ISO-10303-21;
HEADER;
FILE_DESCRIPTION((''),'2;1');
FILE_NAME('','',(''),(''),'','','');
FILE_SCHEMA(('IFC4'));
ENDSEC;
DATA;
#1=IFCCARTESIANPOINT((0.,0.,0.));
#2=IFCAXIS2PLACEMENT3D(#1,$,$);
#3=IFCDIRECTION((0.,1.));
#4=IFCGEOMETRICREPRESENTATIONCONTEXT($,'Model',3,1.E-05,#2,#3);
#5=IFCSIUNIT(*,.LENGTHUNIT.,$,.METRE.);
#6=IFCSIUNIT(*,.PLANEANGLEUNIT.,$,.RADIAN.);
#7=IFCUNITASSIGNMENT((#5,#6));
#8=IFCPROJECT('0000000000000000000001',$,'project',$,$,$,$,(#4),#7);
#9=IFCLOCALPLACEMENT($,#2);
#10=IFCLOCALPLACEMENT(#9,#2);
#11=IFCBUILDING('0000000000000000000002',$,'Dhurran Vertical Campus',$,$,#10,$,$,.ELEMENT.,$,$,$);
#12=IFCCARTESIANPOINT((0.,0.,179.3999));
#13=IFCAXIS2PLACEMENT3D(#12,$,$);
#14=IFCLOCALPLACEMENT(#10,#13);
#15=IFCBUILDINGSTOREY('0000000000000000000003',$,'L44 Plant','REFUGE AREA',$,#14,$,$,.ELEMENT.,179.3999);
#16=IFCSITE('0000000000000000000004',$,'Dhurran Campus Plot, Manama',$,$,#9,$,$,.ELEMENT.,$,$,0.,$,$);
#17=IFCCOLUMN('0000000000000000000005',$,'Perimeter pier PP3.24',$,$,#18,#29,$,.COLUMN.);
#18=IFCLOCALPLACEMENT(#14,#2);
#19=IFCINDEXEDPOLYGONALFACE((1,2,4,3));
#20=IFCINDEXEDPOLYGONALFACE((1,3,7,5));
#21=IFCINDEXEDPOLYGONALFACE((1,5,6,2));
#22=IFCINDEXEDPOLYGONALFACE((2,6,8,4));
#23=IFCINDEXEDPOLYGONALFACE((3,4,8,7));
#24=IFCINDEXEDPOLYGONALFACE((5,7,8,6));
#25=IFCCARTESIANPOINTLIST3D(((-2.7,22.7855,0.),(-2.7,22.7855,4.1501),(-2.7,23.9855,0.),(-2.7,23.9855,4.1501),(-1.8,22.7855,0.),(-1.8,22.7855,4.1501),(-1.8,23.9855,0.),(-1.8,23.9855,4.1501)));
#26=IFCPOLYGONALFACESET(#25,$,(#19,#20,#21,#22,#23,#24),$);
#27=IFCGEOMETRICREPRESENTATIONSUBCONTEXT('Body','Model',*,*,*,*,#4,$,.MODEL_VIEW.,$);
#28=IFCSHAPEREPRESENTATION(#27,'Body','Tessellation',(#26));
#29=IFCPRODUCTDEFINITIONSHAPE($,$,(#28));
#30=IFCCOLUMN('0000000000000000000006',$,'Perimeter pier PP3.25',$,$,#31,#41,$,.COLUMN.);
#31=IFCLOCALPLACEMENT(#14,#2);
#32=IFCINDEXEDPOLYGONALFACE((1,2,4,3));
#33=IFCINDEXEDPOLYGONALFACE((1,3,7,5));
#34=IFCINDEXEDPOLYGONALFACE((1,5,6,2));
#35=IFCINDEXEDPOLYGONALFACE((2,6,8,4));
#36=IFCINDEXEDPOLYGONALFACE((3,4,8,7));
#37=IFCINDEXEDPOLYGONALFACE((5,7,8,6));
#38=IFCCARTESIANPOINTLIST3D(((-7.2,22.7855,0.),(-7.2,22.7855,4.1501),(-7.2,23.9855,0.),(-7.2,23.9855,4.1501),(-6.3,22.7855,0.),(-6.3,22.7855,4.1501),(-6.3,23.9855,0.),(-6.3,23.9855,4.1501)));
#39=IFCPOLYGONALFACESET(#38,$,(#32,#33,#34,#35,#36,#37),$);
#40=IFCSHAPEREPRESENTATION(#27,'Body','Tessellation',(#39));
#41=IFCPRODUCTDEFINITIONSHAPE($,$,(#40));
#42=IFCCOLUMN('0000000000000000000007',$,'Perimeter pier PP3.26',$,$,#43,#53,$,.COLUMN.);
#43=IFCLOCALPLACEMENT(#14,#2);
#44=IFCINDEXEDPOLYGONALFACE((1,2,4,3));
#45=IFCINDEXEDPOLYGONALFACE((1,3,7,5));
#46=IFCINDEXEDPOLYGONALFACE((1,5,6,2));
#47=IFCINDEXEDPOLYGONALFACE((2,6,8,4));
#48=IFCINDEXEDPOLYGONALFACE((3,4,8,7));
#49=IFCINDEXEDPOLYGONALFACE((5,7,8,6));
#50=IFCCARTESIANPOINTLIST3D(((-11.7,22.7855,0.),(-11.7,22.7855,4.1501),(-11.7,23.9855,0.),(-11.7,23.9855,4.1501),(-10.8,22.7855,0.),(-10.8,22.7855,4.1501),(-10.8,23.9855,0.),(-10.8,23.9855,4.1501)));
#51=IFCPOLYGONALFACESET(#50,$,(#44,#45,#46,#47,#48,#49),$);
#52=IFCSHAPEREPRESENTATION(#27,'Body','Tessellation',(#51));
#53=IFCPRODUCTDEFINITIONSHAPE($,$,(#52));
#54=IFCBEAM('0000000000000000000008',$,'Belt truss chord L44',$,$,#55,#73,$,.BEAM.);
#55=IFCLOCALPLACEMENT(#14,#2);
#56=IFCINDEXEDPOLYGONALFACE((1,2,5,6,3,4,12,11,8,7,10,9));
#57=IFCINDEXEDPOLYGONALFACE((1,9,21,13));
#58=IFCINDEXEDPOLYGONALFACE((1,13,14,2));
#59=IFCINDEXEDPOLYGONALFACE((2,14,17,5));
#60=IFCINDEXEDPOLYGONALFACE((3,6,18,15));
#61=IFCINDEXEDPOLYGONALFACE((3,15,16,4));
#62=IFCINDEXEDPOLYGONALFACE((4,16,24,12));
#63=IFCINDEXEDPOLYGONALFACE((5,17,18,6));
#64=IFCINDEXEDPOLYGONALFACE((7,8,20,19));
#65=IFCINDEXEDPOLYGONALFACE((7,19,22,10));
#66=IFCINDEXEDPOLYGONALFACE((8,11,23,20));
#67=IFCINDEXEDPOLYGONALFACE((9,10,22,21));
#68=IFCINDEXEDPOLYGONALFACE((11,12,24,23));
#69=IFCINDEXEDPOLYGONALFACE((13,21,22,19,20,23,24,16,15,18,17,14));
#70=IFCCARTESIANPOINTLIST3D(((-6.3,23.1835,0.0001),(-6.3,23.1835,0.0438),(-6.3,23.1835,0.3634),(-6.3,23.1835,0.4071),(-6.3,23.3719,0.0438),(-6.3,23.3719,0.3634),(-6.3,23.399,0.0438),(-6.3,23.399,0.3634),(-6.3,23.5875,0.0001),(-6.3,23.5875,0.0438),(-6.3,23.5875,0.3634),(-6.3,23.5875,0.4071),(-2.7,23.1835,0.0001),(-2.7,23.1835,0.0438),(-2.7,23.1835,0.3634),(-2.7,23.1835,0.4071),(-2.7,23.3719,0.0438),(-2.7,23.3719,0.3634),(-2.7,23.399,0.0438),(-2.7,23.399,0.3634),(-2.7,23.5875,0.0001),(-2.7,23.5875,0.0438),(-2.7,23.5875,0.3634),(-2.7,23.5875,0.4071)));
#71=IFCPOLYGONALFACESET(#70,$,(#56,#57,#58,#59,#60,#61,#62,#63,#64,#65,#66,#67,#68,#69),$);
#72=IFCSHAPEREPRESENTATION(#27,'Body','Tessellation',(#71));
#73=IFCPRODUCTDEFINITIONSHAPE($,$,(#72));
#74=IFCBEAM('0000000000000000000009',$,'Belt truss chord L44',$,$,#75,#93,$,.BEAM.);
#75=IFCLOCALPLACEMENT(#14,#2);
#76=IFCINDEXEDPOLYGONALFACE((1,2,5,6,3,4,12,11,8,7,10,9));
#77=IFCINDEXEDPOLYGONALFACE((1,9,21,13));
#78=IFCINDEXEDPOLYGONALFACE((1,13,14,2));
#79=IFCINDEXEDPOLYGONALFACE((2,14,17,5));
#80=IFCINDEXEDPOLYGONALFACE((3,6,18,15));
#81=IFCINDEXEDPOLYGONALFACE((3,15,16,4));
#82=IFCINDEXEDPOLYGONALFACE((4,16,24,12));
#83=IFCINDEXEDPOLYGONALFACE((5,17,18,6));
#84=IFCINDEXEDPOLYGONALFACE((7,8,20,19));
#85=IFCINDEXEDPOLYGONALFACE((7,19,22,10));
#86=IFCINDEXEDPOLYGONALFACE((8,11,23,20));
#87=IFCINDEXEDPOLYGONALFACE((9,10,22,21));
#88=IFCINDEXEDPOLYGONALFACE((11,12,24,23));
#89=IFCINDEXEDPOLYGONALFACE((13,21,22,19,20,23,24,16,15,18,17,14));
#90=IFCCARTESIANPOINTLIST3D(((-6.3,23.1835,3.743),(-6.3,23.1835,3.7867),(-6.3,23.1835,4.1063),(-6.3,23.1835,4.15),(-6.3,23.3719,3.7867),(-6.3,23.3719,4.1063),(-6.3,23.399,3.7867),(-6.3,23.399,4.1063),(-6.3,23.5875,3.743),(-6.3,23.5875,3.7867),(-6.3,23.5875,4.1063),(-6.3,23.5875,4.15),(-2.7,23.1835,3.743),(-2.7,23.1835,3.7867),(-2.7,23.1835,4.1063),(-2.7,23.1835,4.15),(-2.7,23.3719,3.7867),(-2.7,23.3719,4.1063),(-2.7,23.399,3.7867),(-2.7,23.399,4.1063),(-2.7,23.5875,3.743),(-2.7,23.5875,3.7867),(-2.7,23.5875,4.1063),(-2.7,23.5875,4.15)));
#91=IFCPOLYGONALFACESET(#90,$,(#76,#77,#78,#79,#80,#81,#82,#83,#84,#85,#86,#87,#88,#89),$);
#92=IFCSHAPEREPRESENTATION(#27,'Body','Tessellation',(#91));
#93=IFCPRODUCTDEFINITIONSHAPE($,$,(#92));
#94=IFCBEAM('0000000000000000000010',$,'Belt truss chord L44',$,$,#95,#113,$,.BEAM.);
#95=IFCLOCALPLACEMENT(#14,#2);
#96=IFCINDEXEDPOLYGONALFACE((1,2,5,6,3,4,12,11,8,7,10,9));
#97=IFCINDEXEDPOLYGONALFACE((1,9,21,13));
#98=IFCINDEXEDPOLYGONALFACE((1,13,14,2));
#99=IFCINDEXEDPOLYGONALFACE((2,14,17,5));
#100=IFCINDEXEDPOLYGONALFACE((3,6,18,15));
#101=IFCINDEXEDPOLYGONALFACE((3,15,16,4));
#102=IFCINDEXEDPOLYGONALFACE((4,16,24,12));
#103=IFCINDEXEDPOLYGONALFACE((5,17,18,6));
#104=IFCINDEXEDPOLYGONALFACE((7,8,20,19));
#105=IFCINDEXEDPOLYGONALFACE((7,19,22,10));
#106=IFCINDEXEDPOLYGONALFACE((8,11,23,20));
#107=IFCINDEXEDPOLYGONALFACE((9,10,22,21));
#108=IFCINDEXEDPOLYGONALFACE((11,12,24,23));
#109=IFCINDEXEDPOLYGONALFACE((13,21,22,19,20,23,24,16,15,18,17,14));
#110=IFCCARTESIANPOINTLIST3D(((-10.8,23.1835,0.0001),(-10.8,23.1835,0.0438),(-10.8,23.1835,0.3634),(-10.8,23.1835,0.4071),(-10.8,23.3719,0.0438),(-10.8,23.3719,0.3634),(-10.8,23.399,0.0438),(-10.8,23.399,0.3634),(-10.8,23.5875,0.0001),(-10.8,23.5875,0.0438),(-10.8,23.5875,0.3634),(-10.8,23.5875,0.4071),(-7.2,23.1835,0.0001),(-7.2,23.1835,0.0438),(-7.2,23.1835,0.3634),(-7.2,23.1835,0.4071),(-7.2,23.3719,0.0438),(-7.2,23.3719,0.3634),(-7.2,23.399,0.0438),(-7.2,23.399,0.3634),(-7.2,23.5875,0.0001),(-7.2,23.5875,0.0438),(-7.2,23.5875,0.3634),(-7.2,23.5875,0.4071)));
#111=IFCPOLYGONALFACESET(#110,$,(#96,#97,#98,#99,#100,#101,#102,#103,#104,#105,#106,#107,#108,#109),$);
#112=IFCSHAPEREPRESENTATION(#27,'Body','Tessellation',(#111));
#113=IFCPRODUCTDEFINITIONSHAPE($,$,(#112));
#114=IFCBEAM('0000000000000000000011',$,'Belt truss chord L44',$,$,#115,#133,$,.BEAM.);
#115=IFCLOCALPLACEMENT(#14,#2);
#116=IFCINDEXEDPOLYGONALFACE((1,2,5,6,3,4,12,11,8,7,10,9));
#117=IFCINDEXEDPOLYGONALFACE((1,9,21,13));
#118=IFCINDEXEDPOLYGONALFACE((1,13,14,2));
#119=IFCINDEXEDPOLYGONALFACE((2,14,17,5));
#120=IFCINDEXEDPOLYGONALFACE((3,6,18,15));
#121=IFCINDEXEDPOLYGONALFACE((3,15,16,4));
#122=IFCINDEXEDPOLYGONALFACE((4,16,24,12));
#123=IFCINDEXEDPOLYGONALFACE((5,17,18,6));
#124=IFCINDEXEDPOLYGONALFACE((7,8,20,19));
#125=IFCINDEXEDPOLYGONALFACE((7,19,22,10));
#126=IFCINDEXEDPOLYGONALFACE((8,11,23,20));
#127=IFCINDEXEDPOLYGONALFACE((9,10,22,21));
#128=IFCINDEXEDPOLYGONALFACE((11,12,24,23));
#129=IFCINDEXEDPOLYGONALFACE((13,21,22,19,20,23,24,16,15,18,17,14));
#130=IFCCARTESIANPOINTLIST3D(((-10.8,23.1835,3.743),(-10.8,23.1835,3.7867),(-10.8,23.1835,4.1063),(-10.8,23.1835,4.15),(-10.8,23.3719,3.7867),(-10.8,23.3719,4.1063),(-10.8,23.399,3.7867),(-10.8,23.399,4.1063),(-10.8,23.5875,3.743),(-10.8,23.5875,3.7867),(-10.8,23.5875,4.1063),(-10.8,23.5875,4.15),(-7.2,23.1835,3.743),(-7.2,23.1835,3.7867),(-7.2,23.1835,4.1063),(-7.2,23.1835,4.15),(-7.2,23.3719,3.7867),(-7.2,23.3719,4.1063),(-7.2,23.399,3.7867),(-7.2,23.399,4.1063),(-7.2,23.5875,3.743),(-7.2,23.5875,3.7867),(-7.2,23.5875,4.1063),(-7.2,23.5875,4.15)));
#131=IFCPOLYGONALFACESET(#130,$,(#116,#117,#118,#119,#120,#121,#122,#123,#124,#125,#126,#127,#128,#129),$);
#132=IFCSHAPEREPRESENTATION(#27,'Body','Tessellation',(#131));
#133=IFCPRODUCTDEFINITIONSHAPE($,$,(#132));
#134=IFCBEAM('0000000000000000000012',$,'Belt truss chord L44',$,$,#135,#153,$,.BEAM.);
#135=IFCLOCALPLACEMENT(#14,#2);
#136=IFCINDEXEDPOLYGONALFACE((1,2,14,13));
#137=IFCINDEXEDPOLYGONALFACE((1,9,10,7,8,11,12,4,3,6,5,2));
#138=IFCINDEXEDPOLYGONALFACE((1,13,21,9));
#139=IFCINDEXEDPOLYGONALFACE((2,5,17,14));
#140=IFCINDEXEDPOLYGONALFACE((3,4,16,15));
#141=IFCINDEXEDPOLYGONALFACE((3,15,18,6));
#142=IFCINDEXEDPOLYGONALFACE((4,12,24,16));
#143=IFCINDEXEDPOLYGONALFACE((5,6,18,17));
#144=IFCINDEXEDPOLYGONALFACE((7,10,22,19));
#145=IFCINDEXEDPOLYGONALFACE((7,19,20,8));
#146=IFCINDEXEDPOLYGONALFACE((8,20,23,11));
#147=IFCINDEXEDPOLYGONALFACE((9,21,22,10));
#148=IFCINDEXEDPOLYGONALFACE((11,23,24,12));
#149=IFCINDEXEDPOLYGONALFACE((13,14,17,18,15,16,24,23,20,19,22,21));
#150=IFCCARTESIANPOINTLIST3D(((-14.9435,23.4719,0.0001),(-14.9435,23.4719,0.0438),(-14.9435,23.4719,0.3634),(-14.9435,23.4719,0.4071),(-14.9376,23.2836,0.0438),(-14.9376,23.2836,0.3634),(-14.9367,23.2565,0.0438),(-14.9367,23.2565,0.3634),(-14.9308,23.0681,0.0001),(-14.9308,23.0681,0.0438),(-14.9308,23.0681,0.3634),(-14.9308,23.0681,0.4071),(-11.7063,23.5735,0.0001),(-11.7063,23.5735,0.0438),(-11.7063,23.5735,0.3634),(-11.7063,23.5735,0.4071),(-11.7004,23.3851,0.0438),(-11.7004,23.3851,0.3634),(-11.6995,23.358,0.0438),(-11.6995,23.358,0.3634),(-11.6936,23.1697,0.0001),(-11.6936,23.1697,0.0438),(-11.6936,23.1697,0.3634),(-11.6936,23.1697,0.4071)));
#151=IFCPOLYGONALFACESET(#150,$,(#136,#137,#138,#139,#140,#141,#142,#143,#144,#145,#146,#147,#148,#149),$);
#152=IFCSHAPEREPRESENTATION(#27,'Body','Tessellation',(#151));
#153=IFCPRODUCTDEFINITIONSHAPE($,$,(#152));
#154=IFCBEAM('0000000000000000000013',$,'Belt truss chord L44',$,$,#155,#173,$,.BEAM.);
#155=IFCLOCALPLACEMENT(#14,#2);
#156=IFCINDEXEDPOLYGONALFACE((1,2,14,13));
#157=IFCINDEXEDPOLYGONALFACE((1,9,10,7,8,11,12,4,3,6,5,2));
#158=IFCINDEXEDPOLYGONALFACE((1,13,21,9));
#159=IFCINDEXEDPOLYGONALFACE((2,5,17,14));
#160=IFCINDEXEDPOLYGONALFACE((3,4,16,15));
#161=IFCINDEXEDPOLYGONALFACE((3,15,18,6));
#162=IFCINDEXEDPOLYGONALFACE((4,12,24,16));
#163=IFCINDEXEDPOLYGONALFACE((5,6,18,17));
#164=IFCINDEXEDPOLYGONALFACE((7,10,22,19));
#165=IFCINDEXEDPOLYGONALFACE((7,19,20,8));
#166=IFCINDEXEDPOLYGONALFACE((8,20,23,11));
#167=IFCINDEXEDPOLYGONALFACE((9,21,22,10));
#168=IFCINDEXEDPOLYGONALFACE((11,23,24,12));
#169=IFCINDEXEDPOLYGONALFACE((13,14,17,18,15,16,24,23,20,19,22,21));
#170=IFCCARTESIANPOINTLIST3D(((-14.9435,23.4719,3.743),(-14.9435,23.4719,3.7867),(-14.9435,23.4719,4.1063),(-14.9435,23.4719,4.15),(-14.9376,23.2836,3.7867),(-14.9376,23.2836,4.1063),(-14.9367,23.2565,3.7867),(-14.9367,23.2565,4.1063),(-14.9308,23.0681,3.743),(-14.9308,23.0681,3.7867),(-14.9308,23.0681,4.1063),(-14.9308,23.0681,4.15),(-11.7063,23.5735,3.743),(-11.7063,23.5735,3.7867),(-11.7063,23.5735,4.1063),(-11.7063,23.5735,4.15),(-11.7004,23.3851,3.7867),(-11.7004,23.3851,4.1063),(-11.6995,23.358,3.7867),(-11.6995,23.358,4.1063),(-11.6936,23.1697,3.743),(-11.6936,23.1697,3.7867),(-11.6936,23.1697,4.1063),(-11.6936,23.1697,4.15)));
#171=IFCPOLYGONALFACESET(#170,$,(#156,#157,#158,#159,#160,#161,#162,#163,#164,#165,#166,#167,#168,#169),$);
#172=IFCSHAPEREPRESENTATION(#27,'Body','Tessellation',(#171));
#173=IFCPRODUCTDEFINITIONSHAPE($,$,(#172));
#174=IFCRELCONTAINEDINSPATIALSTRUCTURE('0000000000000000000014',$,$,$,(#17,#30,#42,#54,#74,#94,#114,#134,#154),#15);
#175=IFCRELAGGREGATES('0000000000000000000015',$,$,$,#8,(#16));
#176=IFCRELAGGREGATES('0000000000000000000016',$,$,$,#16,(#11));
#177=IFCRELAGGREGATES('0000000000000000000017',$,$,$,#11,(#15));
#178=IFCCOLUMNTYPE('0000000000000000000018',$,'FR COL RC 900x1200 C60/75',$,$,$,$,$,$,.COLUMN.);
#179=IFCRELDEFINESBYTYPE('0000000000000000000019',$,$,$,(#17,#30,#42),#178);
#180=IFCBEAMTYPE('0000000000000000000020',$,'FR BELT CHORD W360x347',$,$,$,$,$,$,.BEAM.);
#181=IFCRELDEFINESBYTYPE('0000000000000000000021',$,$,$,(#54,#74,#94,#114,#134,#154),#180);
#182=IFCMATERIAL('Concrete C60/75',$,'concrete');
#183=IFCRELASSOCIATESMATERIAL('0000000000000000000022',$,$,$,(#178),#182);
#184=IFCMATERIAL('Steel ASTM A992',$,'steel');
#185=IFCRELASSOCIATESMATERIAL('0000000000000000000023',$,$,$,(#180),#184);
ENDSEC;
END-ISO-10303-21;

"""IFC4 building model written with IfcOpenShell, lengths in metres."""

from ifc_helpers import new_model, si_unit, direction, frame, origin, origin_2d, place, context, subcontext, project, spatial, rectangle, i_section, extrude, material, material_profile, profile_set, type_object, element, save


model = new_model("IFC4")

# Units and contexts
model_context = context("Model", 3, precision=1e-05, world=origin(), true_north=direction((0.0, 1.0)))
body_context = subcontext(model_context, "Body", "Model", "MODEL_VIEW")
ifc_project = project(units=[si_unit("LENGTHUNIT", "METRE"), si_unit("PLANEANGLEUNIT", "RADIAN")], contexts=[model_context])

# Site, building, storey
site_placement = place(None, origin())
site = spatial("IfcSite", under=ifc_project, at=site_placement, Name="Dhurran Campus Plot, Manama", CompositionType="ELEMENT", RefElevation=0.0)
building_placement = place(site_placement, origin())
building = spatial("IfcBuilding", under=site, at=building_placement, Name="Dhurran Vertical Campus", CompositionType="ELEMENT")
storey_placement = place(building_placement, frame((0.0, 0.0, 179.3999)))
storey = spatial("IfcBuildingStorey", under=building, at=storey_placement, Name="L44 Plant", Description="REFUGE AREA", CompositionType="ELEMENT", Elevation=179.3999)

# Columns
ifc_material_1 = material(Name="Concrete C60/75", Category="concrete")
ifc_material_profile_1 = material_profile(ifc_material_1, rectangle(XDim=0.8999, YDim=1.2, at=origin_2d()), Name="RC 900x1200")
ifc_profile_set_1 = profile_set([ifc_material_profile_1], Name="Concrete C60/75")
column_type = type_object("IfcColumnType", Name="FR COL RC 900x1200 C60/75", PredefinedType="COLUMN", material=ifc_profile_set_1)
for number, where, z_axis, x_axis, name in (
    (1, (-2.25, 23.3855, 0.0), (0.0, 0.0, 1.0), (-1.0, 0.0, 0.0), "Perimeter pier PP3.24"),
    (2, (-6.75, 23.3855, 0.0), (0.0, 0.0, 1.0), (-1.0, 0.0, 0.0), "Perimeter pier PP3.25"),
    (3, (-11.25, 23.3855, 0.0), (0.0, 0.0, 1.0), (-1.0, 0.0, 0.0), "Perimeter pier PP3.26"),
):
    element("IfcColumn", number, at=place(storey_placement, frame(where, z_axis=z_axis, x_axis=x_axis)), inside=storey, type_object=column_type, Name=name, PredefinedType="COLUMN", context=body_context, shape_type="SweptSolid", body=[
        extrude(rectangle(XDim=0.8999, YDim=1.2, at=origin_2d()), origin(), (0.0, 0.0, 1.0), 4.1501),
    ])

# Beams
ifc_material_2 = material(Name="Steel ASTM A992", Category="steel")
ifc_material_profile_2 = material_profile(ifc_material_2, i_section(OverallWidth=0.4041, OverallDepth=0.407, WebThickness=0.0271, FlangeThickness=0.0437, at=origin_2d()), Name="W360x347")
ifc_profile_set_2 = profile_set([ifc_material_profile_2], Name="Steel ASTM A992")
beam_type = type_object("IfcBeamType", Name="FR BELT CHORD W360x347", PredefinedType="BEAM", material=ifc_profile_set_2)
for number, where, z_axis, x_axis, name in (
    (4, (-2.7, 23.3855, 0.2036), (-1.0, 0.0, 0.0), (0.0, -1.0, 0.0), "Belt truss chord L44"),
    (5, (-2.7, 23.3855, 3.9465), (-1.0, 0.0, 0.0), (0.0, -1.0, 0.0), "Belt truss chord L44"),
    (6, (-7.2, 23.3855, 0.2036), (-1.0, 0.0, 0.0), (0.0, -1.0, 0.0), "Belt truss chord L44"),
    (7, (-7.2, 23.3855, 3.9465), (-1.0, 0.0, 0.0), (0.0, -1.0, 0.0), "Belt truss chord L44"),
):
    element("IfcBeam", number, at=place(storey_placement, frame(where, z_axis=z_axis, x_axis=x_axis)), inside=storey, type_object=beam_type, Name=name, PredefinedType="BEAM", context=body_context, shape_type="SweptSolid", body=[
        extrude(i_section(OverallWidth=0.4041, OverallDepth=0.407, WebThickness=0.0271, FlangeThickness=0.0437, at=origin_2d()), origin(), (0.0, 0.0, 1.0), 3.6001),
    ])
for number, where, z_axis, x_axis, name in (
    (8, (-11.7, 23.3716, 0.2036), (-0.999508, -0.031359, 0.0), (0.031359, -0.999508, 0.0), "Belt truss chord L44"),
    (9, (-11.7, 23.3716, 3.9465), (-0.999508, -0.031359, 0.0), (0.031359, -0.999508, 0.0), "Belt truss chord L44"),
):
    element("IfcBeam", number, at=place(storey_placement, frame(where, z_axis=z_axis, x_axis=x_axis)), inside=storey, type_object=beam_type, Name=name, PredefinedType="BEAM", context=body_context, shape_type="SweptSolid", body=[
        extrude(i_section(OverallWidth=0.4041, OverallDepth=0.407, WebThickness=0.0271, FlangeThickness=0.0437, at=origin_2d()), origin(), (0.0, 0.0, 1.0), 3.2388),
    ])

save(model, "model.ifc")
